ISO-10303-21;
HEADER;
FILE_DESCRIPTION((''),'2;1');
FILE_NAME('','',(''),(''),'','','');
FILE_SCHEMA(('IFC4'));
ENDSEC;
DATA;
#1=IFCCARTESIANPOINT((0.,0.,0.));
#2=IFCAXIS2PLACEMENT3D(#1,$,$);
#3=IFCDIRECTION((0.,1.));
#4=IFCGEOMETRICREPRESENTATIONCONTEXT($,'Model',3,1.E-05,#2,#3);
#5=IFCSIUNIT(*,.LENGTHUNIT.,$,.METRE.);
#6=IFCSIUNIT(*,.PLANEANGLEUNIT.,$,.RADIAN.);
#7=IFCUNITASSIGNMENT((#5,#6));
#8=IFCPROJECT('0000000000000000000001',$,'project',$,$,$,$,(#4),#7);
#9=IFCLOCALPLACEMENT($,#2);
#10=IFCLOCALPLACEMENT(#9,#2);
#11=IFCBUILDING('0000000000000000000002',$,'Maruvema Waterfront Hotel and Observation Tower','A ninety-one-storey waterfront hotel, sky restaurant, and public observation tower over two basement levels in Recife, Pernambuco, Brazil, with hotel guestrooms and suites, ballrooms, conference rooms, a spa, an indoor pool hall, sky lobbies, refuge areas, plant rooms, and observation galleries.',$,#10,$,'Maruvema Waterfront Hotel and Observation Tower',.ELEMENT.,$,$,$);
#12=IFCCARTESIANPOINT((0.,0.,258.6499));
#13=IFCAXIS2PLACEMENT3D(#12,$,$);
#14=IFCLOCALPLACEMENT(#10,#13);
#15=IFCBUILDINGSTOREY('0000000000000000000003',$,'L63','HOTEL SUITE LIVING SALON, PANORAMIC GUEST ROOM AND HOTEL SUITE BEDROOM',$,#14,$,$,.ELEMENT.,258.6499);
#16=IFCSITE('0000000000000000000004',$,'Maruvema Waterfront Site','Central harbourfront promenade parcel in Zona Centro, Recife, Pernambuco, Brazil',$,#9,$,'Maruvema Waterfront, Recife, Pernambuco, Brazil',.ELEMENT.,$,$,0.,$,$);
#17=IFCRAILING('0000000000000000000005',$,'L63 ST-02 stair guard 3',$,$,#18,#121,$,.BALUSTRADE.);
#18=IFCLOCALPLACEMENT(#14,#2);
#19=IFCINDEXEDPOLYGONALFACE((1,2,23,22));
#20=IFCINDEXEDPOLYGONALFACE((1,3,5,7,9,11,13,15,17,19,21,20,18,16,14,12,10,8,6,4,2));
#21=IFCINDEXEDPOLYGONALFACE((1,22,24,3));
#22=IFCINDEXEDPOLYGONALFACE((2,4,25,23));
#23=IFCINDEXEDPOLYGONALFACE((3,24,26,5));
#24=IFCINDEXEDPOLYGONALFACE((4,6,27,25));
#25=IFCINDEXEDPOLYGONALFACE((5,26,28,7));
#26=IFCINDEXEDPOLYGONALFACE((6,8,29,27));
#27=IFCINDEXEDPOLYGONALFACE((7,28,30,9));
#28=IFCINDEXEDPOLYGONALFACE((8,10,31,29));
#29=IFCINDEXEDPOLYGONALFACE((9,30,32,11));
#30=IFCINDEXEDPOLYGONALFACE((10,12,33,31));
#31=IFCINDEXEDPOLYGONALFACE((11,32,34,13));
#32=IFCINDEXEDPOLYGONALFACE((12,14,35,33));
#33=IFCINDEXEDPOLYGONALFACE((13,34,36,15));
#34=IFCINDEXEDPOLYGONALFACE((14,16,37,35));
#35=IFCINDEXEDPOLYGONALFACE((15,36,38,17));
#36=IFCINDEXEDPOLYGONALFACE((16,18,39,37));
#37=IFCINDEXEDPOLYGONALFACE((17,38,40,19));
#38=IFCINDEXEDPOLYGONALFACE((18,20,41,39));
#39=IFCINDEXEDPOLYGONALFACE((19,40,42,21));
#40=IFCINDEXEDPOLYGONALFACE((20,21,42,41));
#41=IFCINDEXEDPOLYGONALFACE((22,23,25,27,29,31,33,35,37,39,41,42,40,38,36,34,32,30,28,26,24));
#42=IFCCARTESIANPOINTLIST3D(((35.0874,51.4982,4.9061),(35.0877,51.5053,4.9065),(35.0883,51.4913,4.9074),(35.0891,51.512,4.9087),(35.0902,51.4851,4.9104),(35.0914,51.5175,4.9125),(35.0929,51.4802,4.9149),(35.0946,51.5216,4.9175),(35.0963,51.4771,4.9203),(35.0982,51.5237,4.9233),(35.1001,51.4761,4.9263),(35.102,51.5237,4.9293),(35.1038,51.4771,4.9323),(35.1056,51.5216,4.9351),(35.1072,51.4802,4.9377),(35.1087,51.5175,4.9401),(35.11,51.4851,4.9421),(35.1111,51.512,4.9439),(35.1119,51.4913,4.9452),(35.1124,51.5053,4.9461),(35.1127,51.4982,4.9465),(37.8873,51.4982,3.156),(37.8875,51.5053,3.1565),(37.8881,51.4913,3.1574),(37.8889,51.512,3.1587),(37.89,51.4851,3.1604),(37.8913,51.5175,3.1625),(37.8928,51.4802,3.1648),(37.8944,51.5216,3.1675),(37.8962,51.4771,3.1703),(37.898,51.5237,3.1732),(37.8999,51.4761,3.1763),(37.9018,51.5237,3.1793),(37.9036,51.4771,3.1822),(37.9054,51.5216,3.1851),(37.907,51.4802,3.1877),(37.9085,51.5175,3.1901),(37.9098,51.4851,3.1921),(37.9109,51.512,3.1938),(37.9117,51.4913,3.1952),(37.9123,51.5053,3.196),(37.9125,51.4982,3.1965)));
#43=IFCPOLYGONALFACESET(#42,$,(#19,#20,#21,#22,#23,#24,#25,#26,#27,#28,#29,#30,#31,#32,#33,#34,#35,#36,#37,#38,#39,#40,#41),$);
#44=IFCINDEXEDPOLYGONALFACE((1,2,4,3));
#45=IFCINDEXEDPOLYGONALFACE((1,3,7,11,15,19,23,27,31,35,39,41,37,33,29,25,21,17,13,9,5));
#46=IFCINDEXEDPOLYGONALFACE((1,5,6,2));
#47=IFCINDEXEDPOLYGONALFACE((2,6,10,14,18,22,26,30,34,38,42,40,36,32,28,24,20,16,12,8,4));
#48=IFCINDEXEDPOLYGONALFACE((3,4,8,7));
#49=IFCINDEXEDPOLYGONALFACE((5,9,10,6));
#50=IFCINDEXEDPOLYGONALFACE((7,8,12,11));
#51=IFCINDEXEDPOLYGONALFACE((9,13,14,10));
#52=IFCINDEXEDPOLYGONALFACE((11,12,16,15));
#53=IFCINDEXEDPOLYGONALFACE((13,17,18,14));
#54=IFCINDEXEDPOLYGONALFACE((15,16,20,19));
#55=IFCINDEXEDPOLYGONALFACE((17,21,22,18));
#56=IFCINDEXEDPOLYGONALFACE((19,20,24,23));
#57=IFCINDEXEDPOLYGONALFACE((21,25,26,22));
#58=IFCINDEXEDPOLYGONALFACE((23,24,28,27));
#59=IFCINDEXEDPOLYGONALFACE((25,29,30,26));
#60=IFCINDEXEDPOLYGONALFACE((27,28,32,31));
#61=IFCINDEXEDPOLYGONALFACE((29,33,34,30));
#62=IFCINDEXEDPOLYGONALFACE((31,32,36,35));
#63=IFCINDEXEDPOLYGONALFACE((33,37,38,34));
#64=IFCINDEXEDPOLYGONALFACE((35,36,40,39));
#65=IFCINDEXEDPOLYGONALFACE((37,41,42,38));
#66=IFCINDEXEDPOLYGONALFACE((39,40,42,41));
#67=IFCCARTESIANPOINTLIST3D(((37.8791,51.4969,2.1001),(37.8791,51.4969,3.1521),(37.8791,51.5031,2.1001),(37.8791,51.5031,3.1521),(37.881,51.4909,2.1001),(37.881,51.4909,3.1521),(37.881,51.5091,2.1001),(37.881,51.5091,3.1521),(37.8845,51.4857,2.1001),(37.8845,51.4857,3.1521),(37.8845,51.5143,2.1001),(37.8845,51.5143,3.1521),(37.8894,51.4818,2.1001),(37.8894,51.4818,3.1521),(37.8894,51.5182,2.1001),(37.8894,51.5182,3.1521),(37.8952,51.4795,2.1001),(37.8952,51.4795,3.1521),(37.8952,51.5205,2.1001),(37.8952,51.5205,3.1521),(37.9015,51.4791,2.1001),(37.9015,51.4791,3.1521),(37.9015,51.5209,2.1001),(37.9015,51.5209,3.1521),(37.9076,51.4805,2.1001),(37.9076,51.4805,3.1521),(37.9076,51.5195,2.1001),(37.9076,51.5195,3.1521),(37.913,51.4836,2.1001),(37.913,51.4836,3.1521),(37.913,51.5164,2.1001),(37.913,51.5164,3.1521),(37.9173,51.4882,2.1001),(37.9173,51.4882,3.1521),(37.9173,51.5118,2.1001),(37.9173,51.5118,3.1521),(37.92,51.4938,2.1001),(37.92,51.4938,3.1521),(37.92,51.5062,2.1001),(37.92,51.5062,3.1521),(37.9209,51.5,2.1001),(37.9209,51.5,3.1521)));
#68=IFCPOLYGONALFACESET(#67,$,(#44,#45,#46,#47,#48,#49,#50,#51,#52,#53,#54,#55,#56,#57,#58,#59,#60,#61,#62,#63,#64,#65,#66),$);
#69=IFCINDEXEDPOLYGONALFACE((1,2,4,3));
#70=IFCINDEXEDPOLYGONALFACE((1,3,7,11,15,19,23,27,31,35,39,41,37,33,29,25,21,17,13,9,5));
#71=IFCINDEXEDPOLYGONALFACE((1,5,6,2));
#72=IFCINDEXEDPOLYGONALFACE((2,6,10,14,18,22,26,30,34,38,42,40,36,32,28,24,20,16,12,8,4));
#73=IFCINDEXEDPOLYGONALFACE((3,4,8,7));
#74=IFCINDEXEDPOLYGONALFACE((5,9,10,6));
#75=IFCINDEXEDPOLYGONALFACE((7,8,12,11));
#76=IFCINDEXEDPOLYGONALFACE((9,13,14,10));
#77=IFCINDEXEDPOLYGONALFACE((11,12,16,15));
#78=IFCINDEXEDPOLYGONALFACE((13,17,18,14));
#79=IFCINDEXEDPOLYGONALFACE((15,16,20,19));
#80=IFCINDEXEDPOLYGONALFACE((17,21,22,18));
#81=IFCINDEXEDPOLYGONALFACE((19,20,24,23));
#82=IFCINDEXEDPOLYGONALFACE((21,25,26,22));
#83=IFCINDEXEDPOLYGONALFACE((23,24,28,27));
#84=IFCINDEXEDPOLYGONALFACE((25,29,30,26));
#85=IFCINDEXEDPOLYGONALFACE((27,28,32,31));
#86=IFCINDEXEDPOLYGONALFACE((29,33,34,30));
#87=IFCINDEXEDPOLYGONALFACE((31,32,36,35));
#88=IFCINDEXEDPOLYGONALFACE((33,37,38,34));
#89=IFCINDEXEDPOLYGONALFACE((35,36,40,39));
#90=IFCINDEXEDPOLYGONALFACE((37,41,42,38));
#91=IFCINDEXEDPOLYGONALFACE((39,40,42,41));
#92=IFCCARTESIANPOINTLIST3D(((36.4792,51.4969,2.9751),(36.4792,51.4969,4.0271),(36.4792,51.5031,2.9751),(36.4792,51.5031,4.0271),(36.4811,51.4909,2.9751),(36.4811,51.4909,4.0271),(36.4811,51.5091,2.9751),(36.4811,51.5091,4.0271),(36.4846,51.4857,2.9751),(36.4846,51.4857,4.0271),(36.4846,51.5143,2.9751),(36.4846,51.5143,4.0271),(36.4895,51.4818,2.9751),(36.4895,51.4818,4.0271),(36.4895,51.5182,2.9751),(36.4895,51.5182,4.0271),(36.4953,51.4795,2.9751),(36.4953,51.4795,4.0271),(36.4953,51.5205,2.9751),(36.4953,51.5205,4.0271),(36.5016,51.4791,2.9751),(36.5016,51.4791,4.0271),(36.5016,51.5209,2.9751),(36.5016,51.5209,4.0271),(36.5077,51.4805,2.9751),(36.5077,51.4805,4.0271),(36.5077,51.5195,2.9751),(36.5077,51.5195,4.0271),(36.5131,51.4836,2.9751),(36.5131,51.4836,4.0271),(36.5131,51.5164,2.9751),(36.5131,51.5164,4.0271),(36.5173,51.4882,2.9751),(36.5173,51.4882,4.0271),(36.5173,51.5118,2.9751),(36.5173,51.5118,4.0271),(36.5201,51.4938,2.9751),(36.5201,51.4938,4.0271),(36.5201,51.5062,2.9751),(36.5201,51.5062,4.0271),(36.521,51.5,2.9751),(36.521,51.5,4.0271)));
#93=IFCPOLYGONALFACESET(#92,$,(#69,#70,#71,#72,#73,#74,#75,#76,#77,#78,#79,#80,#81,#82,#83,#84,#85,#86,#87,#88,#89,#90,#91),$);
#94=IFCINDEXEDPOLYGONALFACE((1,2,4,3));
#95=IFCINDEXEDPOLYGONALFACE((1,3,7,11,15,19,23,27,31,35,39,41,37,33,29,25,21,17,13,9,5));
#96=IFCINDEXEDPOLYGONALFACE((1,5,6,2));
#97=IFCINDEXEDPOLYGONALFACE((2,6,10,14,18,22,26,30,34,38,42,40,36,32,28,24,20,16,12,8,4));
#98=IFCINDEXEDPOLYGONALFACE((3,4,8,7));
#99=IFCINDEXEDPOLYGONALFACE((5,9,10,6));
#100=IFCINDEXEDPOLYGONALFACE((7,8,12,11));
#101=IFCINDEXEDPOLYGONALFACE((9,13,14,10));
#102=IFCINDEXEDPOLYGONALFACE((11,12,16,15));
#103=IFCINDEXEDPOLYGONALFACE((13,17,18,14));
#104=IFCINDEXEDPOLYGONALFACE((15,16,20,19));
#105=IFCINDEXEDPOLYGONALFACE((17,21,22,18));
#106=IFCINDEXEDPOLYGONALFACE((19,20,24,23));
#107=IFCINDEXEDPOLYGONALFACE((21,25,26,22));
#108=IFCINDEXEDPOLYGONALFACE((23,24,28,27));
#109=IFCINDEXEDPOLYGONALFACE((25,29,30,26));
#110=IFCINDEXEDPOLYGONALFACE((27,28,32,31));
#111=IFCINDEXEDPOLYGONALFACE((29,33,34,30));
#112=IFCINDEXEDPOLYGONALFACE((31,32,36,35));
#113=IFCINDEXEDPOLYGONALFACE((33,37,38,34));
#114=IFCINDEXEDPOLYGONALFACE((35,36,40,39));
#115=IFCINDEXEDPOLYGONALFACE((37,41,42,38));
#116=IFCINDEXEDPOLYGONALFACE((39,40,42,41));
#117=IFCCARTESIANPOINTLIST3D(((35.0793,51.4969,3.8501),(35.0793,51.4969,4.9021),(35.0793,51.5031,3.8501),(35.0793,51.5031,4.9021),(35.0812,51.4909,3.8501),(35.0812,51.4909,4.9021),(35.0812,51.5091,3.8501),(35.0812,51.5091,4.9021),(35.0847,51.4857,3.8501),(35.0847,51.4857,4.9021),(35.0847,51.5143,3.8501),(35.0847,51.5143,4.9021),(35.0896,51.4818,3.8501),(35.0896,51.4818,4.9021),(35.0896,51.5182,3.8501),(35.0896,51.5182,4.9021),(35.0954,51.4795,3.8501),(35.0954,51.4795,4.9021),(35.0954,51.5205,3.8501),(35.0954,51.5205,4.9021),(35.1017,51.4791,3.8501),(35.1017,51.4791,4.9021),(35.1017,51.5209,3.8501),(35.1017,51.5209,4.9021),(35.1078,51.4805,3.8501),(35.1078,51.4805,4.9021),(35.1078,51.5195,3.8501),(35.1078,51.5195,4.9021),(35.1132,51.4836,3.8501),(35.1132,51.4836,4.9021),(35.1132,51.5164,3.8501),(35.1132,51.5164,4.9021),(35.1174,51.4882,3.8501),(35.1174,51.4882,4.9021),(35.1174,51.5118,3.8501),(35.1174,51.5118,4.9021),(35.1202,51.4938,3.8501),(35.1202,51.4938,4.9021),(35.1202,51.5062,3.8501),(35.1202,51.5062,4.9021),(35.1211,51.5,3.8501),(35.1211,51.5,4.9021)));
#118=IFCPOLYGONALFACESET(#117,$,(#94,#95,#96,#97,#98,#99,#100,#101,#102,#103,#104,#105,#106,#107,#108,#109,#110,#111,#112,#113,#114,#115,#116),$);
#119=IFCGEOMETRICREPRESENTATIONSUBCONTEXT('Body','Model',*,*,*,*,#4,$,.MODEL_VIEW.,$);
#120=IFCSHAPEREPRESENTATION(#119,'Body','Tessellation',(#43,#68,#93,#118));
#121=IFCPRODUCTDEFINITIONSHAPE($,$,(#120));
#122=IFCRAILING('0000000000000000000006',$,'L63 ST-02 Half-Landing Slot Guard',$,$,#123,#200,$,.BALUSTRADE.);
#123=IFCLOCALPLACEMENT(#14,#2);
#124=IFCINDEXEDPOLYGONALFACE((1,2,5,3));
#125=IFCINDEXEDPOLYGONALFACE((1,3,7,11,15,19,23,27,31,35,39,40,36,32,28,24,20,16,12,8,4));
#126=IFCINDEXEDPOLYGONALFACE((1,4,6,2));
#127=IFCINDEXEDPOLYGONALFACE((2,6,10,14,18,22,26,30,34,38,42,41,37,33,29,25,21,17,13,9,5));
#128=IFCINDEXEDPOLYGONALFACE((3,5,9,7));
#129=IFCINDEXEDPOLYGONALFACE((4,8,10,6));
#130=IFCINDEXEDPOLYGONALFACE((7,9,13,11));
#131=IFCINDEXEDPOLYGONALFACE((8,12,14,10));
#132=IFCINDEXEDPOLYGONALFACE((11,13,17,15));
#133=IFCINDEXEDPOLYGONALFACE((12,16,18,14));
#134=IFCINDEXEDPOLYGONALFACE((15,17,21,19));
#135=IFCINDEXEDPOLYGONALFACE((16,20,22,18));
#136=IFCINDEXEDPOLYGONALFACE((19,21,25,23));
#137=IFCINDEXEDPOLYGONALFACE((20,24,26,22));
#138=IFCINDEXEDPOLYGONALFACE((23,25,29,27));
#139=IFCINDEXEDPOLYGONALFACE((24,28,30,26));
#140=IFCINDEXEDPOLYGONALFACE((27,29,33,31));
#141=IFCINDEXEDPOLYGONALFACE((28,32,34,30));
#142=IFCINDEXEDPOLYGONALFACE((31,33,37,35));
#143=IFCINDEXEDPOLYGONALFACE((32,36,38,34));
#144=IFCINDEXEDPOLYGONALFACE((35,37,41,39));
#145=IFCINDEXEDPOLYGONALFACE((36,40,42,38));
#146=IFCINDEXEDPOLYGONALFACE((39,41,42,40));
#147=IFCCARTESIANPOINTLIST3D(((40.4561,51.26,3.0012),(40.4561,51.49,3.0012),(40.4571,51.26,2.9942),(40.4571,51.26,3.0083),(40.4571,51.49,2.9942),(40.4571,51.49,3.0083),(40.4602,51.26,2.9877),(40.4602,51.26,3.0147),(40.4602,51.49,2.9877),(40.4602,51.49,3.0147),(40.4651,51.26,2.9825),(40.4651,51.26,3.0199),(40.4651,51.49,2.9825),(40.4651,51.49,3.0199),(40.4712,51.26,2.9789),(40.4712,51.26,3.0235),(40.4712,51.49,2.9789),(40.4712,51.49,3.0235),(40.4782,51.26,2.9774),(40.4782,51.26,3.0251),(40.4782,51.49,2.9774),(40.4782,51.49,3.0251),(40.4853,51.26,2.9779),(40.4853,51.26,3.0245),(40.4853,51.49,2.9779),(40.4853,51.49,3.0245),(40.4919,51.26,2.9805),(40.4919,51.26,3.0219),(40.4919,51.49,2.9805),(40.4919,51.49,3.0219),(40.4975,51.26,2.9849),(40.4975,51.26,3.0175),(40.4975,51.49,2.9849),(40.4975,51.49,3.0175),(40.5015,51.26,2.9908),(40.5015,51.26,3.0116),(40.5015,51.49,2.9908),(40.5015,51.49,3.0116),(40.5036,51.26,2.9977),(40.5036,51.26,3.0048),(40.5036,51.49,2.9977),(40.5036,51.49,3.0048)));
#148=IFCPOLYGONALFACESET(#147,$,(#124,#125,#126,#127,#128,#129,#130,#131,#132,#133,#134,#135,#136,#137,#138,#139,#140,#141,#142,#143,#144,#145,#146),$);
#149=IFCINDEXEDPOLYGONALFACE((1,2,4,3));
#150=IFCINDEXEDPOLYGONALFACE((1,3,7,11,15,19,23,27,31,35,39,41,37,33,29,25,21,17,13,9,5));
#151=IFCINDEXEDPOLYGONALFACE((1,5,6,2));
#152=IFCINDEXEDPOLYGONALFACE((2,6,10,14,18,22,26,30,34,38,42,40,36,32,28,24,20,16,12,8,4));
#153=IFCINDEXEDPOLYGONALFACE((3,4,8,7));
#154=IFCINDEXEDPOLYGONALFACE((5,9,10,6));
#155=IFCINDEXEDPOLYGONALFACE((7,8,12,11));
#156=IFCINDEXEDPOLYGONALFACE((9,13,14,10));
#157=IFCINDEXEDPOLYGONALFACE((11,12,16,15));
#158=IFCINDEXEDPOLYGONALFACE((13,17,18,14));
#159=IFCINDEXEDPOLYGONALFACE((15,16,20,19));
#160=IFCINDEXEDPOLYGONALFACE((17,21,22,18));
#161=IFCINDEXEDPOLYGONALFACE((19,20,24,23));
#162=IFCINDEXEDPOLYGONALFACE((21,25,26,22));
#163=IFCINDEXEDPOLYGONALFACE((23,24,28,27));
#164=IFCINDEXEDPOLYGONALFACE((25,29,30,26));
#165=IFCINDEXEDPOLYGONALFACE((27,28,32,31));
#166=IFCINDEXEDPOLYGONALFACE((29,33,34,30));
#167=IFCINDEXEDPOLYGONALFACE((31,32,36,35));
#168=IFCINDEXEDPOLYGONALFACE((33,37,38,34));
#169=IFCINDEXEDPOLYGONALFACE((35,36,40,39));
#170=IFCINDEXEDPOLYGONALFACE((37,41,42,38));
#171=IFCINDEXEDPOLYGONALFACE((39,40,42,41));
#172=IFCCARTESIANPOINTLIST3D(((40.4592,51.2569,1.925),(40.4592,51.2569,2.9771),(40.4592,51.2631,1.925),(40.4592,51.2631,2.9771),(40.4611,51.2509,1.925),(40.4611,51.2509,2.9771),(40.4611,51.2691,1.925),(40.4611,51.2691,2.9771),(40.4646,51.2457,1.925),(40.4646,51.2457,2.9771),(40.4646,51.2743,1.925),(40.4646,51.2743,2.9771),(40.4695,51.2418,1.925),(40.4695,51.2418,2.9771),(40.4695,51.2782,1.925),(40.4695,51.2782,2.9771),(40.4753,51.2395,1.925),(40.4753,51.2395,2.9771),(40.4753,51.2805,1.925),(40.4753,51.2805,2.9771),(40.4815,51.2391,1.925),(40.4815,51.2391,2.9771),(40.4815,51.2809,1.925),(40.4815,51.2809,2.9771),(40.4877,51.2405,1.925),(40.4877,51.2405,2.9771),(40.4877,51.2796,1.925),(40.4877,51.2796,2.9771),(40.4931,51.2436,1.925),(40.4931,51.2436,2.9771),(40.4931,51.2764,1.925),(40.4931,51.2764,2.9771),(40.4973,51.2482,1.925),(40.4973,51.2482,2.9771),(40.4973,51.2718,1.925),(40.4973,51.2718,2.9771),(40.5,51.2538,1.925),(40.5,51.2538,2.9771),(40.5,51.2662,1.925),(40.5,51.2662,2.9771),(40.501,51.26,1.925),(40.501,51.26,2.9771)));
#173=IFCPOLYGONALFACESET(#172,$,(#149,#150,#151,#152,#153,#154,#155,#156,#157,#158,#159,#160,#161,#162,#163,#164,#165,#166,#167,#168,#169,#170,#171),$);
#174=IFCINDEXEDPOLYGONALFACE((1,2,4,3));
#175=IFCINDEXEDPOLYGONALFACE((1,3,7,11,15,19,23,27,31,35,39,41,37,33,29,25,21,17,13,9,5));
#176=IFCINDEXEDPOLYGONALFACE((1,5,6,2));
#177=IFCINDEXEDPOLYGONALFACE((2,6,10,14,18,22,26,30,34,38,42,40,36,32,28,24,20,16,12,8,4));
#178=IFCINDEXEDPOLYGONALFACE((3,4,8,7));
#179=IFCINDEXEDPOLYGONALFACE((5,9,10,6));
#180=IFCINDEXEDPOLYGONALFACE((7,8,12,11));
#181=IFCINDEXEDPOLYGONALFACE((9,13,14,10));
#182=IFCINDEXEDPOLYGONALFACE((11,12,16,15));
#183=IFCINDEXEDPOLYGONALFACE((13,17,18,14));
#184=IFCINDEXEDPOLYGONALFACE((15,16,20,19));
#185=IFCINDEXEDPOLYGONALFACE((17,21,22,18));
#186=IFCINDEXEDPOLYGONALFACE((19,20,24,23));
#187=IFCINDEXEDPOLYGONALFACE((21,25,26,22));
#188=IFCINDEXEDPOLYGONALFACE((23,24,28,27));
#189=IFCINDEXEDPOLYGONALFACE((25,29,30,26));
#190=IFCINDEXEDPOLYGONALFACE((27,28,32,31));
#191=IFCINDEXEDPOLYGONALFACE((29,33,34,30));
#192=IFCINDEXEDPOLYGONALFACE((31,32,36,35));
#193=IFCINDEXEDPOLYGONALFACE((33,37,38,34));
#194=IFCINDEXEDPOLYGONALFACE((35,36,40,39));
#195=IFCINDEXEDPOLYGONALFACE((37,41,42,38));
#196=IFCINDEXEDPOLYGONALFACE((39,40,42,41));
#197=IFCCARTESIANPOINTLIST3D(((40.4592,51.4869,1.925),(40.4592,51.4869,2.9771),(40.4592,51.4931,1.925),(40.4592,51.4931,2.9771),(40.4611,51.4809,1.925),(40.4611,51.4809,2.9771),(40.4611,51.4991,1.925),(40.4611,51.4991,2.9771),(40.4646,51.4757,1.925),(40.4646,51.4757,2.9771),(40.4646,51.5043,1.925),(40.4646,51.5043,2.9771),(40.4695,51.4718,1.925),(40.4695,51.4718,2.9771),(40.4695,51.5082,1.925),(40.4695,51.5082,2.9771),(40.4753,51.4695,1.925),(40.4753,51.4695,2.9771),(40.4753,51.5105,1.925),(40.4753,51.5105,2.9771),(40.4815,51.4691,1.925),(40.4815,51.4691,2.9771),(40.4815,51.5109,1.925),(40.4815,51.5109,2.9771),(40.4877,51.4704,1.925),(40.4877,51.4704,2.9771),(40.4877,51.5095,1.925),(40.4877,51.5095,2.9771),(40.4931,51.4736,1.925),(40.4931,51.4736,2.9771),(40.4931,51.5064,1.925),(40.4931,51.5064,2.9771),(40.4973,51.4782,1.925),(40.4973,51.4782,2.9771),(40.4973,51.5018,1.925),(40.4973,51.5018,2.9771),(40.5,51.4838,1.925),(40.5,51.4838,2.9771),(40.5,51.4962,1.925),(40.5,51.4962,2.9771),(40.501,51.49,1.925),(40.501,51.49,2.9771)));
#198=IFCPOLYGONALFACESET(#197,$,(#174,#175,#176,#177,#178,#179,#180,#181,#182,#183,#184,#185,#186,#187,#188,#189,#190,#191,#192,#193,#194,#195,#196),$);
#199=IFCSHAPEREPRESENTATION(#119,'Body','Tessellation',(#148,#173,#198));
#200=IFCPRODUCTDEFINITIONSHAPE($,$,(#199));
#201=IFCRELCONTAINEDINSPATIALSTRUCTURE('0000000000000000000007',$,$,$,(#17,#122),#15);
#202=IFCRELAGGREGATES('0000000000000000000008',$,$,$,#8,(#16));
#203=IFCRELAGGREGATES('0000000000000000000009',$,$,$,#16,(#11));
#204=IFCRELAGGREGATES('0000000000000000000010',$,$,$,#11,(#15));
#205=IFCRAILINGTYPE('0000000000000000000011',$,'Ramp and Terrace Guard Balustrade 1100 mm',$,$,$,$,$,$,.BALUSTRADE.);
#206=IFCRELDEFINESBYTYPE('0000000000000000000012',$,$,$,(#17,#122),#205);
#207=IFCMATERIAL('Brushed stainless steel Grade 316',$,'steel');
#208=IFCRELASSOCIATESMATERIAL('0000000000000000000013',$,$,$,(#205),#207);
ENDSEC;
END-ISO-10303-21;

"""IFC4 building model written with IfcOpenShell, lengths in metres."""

from ifc_helpers import new_model, si_unit, direction, frame, origin, origin_2d, place, context, subcontext, project, spatial, circle, extrude, material, type_object, element, save


model = new_model("IFC4")

# Units and contexts
model_context = context("Model", 3, precision=1e-05, world=origin(), true_north=direction((0.0, 1.0)))
body_context = subcontext(model_context, "Body", "Model", "MODEL_VIEW")
ifc_project = project(units=[si_unit("LENGTHUNIT", "METRE"), si_unit("PLANEANGLEUNIT", "RADIAN")], contexts=[model_context])

# Site, building, storey
site_placement = place(None, origin())
site = spatial("IfcSite", under=ifc_project, at=site_placement, Name="Maruvema Waterfront Site", Description="Central harbourfront promenade parcel in Zona Centro, Recife, Pernambuco, Brazil", LongName="Maruvema Waterfront, Recife, Pernambuco, Brazil", CompositionType="ELEMENT", RefElevation=0.0)
building_placement = place(site_placement, origin())
building = spatial("IfcBuilding", under=site, at=building_placement, Name="Maruvema Waterfront Hotel and Observation Tower", Description="A ninety-one-storey waterfront hotel, sky restaurant, and public observation tower over two basement levels in Recife, Pernambuco, Brazil, with hotel guestrooms and suites, ballrooms, conference rooms, a spa, an indoor pool hall, sky lobbies, refuge areas, plant rooms, and observation galleries.", LongName="Maruvema Waterfront Hotel and Observation Tower", CompositionType="ELEMENT")
storey_placement = place(building_placement, frame((0.0, 0.0, 258.6499)))
storey = spatial("IfcBuildingStorey", under=building, at=storey_placement, Name="L63", Description="HOTEL SUITE LIVING SALON, PANORAMIC GUEST ROOM AND HOTEL SUITE BEDROOM", CompositionType="ELEMENT", Elevation=258.6499)

# Railings
ifc_material_1 = material(Name="Brushed stainless steel Grade 316", Category="steel")
railing_type_1 = type_object("IfcRailingType", Name="Ramp and Terrace Guard Balustrade 1100 mm", PredefinedType="BALUSTRADE", material=ifc_material_1)
railing_1_placement = place(storey_placement, frame((37.8999, 51.5, 2.1001)))
element("IfcRailing", 1, at=railing_1_placement, inside=storey, type_object=railing_type_1, Name="L63 ST-02 stair guard 3", PredefinedType="BALUSTRADE", context=body_context, shape_type="SweptSolid", body=[
    extrude(circle(Radius=0.0239, at=origin_2d()), frame((0.0, 0.0, 1.0762), z_axis=(-0.847982, 0.0, 0.530026), x_axis=(0.0, -1.0, 0.0)), (0.0, 0.0, 1.0), 3.3018),
    extrude(circle(Radius=0.021, at=origin_2d()), origin(), (0.0, 0.0, 1.0), 1.052),
    extrude(circle(Radius=0.021, at=origin_2d()), frame((-1.3999, 0.0, 0.875)), (0.0, 0.0, 1.0), 1.052),
    extrude(circle(Radius=0.021, at=origin_2d()), frame((-2.7998, 0.0, 1.75)), (0.0, 0.0, 1.0), 1.052),
])
railing_2_placement = place(storey_placement, frame((40.48, 51.26, 1.925)))
element("IfcRailing", 2, at=railing_2_placement, inside=storey, type_object=railing_type_1, Name="L63 ST-02 Half-Landing Slot Guard", PredefinedType="BALUSTRADE", context=body_context, shape_type="SweptSolid", body=[
    extrude(circle(Radius=0.0239, at=origin_2d()), frame((0.0, 0.0, 1.0762), z_axis=(0.0, 1.0, 0.0), x_axis=(-1.0, 0.0, 0.0)), (0.0, 0.0, 1.0), 0.23),
    extrude(circle(Radius=0.021, at=origin_2d()), origin(), (0.0, 0.0, 1.0), 1.052),
    extrude(circle(Radius=0.021, at=origin_2d()), frame((0.0, 0.23, 0.0)), (0.0, 0.0, 1.0), 1.052),
])

save(model, "model.ifc")
